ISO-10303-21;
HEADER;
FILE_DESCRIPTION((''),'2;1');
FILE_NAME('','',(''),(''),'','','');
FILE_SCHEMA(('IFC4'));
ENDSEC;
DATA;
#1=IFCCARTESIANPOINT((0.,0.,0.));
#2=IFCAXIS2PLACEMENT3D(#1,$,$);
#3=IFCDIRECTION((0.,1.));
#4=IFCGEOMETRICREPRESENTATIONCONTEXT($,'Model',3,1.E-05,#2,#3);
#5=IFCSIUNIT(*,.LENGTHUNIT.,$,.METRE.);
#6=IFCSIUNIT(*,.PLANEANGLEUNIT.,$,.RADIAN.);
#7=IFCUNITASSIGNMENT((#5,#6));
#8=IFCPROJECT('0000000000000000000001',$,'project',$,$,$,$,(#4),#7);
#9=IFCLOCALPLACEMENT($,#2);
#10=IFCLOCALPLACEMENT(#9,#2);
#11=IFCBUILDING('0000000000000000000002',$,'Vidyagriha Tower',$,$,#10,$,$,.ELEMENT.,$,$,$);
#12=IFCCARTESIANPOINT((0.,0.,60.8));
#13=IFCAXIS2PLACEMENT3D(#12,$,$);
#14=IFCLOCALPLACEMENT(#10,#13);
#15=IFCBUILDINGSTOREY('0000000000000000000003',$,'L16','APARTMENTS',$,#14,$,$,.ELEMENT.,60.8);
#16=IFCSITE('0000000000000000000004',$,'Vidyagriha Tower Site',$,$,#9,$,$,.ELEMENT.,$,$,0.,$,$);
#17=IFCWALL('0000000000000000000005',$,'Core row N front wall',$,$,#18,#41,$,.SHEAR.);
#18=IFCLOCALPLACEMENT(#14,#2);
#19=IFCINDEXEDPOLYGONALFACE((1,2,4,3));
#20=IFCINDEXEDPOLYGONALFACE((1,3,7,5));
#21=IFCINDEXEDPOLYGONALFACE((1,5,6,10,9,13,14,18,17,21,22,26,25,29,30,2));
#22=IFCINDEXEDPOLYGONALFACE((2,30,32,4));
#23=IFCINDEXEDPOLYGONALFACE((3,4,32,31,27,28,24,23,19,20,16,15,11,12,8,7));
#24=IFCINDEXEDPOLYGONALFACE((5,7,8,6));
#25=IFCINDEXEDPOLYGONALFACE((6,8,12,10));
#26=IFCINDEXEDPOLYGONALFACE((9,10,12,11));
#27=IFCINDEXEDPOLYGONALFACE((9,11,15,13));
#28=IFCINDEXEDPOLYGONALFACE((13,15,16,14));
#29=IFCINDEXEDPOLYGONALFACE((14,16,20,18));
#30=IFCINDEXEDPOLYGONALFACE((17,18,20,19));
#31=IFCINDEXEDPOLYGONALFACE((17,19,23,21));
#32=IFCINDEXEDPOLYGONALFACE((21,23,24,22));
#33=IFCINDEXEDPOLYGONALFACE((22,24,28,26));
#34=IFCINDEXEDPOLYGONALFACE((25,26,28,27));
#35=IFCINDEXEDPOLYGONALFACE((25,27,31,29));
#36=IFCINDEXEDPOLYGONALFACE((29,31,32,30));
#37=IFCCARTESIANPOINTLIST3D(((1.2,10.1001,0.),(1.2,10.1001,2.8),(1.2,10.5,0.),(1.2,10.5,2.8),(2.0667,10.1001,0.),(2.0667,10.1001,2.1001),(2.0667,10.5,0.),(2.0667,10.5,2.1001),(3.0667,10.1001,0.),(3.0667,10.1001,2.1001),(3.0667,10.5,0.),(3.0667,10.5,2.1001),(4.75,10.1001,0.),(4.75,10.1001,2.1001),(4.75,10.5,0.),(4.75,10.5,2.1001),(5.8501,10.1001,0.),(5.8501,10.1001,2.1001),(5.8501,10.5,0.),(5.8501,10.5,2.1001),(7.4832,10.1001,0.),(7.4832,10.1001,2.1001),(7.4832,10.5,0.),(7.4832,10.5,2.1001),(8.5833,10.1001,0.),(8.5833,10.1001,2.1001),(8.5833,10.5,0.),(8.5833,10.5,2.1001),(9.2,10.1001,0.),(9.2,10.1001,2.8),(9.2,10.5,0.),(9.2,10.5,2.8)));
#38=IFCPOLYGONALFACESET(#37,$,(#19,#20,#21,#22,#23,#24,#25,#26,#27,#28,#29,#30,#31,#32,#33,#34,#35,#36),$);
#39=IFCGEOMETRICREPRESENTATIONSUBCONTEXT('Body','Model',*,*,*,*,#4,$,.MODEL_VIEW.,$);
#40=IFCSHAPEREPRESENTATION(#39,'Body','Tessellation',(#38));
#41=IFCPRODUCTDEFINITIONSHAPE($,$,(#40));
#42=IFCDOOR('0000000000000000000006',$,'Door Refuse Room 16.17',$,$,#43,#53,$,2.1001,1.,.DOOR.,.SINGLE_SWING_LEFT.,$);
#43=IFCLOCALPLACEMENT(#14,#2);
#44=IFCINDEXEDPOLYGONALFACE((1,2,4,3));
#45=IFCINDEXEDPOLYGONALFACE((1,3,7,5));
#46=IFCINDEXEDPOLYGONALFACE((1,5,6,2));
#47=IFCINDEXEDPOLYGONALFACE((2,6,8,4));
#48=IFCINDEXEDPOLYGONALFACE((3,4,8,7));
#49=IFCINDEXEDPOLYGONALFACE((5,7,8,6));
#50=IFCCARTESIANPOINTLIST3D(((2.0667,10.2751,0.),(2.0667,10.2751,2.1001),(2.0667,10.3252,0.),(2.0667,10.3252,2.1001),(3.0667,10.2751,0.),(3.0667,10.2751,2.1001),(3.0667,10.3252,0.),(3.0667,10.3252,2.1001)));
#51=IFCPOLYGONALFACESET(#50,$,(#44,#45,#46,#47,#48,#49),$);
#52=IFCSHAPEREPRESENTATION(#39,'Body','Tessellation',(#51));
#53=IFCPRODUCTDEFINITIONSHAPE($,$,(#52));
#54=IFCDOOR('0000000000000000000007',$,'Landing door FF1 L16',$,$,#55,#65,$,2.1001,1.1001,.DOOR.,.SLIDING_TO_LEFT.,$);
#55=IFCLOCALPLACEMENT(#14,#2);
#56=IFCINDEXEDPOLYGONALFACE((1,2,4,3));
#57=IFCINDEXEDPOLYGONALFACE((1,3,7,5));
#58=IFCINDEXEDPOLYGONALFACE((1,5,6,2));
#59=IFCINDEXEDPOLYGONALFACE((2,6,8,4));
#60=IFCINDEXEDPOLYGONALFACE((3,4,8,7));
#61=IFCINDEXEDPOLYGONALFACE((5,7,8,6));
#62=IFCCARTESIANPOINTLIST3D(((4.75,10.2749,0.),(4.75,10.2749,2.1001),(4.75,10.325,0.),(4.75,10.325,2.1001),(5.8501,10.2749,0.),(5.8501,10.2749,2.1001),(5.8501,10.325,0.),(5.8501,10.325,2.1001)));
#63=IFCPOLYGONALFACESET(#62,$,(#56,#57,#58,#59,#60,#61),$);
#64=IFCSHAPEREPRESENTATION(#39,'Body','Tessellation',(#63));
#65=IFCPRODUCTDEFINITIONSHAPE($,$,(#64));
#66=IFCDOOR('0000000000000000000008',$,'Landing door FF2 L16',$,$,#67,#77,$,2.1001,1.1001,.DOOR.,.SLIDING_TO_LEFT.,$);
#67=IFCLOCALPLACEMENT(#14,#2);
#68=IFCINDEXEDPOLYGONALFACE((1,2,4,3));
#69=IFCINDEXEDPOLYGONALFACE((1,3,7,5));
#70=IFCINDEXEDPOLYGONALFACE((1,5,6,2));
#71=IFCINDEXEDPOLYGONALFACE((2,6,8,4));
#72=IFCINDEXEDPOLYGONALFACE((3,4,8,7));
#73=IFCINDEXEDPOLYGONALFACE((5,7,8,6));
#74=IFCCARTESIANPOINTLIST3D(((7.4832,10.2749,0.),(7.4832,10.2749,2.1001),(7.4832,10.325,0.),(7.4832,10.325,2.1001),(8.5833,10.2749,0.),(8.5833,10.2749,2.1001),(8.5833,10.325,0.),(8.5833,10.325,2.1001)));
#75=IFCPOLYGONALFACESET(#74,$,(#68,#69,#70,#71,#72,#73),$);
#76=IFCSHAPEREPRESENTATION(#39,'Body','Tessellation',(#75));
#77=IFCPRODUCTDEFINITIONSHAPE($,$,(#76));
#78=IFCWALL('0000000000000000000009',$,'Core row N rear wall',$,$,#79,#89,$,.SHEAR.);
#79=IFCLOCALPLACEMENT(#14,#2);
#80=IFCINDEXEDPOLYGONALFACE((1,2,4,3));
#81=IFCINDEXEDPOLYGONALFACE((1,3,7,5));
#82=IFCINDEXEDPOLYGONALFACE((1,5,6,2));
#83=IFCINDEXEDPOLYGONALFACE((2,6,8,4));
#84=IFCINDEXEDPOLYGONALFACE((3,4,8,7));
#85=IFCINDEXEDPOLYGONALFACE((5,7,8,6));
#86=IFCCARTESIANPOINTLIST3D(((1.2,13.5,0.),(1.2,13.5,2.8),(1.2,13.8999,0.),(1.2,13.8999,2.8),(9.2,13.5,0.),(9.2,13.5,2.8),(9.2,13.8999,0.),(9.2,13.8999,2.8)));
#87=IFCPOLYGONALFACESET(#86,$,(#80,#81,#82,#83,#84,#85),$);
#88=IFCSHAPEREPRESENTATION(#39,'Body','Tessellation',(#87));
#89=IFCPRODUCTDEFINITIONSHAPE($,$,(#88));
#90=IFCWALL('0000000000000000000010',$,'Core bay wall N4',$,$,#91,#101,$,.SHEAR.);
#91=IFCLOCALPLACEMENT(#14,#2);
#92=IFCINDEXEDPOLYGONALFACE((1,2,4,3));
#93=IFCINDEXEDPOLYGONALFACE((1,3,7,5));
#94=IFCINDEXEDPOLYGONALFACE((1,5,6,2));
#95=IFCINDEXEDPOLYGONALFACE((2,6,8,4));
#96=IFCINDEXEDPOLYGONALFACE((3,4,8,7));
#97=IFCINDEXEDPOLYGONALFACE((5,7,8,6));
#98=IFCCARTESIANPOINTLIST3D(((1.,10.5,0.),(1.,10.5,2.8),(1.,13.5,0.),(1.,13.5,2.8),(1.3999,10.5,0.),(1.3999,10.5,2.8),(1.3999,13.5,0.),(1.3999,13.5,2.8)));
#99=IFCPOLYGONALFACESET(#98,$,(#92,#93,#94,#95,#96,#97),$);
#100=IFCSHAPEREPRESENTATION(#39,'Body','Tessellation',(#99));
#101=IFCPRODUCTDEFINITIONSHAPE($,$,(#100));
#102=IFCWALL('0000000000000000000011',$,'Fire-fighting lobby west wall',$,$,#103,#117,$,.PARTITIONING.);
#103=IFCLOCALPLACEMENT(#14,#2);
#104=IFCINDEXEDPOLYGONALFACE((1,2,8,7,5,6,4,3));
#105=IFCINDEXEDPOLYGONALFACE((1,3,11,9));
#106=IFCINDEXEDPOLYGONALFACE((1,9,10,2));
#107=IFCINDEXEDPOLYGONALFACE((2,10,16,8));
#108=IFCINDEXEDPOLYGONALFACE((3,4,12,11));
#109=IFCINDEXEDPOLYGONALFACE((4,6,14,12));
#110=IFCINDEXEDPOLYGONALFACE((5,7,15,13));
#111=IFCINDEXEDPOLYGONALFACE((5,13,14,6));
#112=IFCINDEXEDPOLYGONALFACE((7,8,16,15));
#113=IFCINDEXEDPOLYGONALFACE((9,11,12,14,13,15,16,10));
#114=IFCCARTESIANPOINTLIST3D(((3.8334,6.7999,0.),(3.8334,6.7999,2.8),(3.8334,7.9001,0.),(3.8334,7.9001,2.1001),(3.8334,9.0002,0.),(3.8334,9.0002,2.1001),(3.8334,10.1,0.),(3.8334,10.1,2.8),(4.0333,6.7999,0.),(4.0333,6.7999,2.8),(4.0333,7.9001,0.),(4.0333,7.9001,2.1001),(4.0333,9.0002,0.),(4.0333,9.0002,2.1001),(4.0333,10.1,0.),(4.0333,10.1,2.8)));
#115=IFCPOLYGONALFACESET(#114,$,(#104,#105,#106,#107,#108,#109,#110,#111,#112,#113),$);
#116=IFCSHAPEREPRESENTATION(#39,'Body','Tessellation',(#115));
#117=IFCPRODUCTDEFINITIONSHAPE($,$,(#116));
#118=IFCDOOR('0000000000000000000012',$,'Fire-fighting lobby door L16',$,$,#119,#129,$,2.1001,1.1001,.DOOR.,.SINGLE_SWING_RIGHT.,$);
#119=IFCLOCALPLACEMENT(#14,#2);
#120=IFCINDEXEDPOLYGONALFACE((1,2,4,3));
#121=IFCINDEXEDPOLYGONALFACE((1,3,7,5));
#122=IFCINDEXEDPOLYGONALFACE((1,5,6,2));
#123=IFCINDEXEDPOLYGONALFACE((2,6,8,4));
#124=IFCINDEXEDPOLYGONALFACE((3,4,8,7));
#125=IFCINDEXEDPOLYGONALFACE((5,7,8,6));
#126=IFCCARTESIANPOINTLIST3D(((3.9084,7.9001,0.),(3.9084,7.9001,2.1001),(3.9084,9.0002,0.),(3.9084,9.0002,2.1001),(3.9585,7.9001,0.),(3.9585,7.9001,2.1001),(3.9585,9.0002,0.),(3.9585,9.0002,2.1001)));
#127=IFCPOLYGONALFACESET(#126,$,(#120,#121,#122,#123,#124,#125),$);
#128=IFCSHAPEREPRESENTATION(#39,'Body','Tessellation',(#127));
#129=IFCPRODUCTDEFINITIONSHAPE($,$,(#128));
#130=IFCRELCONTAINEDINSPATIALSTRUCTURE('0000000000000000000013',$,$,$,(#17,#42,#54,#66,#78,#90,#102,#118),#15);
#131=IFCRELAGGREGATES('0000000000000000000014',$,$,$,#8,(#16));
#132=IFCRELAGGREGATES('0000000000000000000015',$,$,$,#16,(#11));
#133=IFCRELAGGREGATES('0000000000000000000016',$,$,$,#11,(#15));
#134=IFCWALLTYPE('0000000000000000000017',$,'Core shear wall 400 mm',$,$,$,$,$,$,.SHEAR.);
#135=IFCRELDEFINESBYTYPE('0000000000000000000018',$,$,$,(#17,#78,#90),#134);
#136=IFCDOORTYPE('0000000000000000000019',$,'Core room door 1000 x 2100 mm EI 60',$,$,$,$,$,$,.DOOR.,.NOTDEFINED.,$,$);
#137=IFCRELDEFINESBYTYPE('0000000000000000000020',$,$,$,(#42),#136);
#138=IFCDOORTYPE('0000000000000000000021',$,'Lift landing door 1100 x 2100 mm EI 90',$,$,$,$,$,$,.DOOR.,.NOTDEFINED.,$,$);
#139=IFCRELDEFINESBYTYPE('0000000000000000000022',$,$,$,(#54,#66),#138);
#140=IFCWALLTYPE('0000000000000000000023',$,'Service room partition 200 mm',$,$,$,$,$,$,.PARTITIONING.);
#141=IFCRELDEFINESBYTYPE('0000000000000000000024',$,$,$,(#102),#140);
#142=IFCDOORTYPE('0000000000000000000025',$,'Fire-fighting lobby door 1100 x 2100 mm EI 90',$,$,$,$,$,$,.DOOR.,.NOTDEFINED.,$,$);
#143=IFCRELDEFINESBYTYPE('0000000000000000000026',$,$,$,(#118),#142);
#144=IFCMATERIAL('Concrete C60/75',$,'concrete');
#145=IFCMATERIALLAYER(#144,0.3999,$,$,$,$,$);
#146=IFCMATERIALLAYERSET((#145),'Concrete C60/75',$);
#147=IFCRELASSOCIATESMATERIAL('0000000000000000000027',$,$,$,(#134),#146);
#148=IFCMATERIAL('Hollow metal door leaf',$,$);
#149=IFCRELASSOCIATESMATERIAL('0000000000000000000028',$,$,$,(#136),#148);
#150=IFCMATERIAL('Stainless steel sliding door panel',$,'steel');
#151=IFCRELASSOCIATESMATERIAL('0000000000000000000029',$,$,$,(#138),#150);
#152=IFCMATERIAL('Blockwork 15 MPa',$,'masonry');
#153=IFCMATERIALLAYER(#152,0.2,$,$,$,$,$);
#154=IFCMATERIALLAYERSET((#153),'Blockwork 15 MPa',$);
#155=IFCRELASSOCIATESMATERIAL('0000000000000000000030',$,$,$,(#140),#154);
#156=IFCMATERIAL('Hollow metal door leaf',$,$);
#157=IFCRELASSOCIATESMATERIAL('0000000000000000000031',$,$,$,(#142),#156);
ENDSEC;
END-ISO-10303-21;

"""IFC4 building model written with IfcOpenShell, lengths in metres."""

from ifc_helpers import new_model, si_unit, direction, frame, frame_2d, origin, place, context, subcontext, project, spatial, rectangle, extrude, material, layer, layer_set, type_object, element, fill, save


model = new_model("IFC4")

# Units and contexts
model_context = context("Model", 3, precision=1e-05, world=origin(), true_north=direction((0.0, 1.0)))
body_context = subcontext(model_context, "Body", "Model", "MODEL_VIEW")
ifc_project = project(units=[si_unit("LENGTHUNIT", "METRE"), si_unit("PLANEANGLEUNIT", "RADIAN")], contexts=[model_context])

# Site, building, storey
site_placement = place(None, origin())
site = spatial("IfcSite", under=ifc_project, at=site_placement, Name="Vidyagriha Tower Site", CompositionType="ELEMENT", RefElevation=0.0)
building_placement = place(site_placement, origin())
building = spatial("IfcBuilding", under=site, at=building_placement, Name="Vidyagriha Tower", CompositionType="ELEMENT")
storey_placement = place(building_placement, frame((0.0, 0.0, 60.8)))
storey = spatial("IfcBuildingStorey", under=building, at=storey_placement, Name="L16", Description="APARTMENTS", CompositionType="ELEMENT", Elevation=60.8)

# Shared definitions
ifc_material_1 = material(Name="Concrete C60/75", Category="concrete")
ifc_layer_1 = layer(ifc_material_1, 0.3999)
ifc_layer_set_1 = layer_set([ifc_layer_1], Name="Concrete C60/75")
wall_type_1 = type_object("IfcWallType", Name="Core shear wall 400 mm", PredefinedType="SHEAR", material=ifc_layer_set_1)

# Wall, openings, doors
wall_1_placement = place(storey_placement, frame((1.2, 10.3, 0.0)))
wall_1 = element("IfcWall", 1, at=wall_1_placement, inside=storey, type_object=wall_type_1, Name="Core row N front wall", PredefinedType="SHEAR", context=body_context, shape_type="SweptSolid", body=[
    extrude(rectangle(XDim=8.0, YDim=0.3999, at=frame_2d((4.0, 0.0))), origin(), (0.0, 0.0, 1.0), 2.8),
])
opening_1_placement = place(wall_1_placement, frame((3.55, 0.0, 0.0)))
opening_1 = element("IfcOpeningElement", 2, at=opening_1_placement, cuts=wall_1, PredefinedType="OPENING", context=body_context, shape_type="SweptSolid", body=[
    extrude(rectangle(XDim=1.1001, YDim=2.1001, at=frame_2d((0.55, 1.05))), frame((0.0, 0.21, 0.0), z_axis=(0.0, -1.0, 0.0), x_axis=(1.0, 0.0, 0.0)), (0.0, 0.0, 1.0), 0.4199),
])
opening_2_placement = place(wall_1_placement, frame((6.2832, 0.0, 0.0)))
opening_2 = element("IfcOpeningElement", 3, at=opening_2_placement, cuts=wall_1, PredefinedType="OPENING", context=body_context, shape_type="SweptSolid", body=[
    extrude(rectangle(XDim=1.1001, YDim=2.1001, at=frame_2d((0.55, 1.05))), frame((0.0, 0.21, 0.0), z_axis=(0.0, -1.0, 0.0), x_axis=(1.0, 0.0, 0.0)), (0.0, 0.0, 1.0), 0.4199),
])
opening_3_placement = place(wall_1_placement, frame((0.8667, 0.0, 0.0)))
opening_3 = element("IfcOpeningElement", 4, at=opening_3_placement, cuts=wall_1, PredefinedType="OPENING", context=body_context, shape_type="SweptSolid", body=[
    extrude(rectangle(XDim=1.0, YDim=2.1001, at=frame_2d((0.5, 1.05))), frame((0.0, 0.21, 0.0), z_axis=(0.0, -1.0, 0.0), x_axis=(1.0, 0.0, 0.0)), (0.0, 0.0, 1.0), 0.4199),
])
ifc_material_2 = material(Name="Hollow metal door leaf")
door_type_1 = type_object("IfcDoorType", Name="Core room door 1000 x 2100 mm EI 60", OperationType="NOTDEFINED", PredefinedType="DOOR", material=ifc_material_2)
door_1_placement = place(opening_3_placement, frame((1.0, 0.0, 0.0), z_axis=(0.0, 0.0, 1.0), x_axis=(-1.0, 0.0, 0.0)))
door_1 = element("IfcDoor", 5, at=door_1_placement, inside=storey, type_object=door_type_1, Name="Door Refuse Room 16.17", OperationType="SINGLE_SWING_LEFT", OverallHeight=2.1001, OverallWidth=1.0, PredefinedType="DOOR", context=body_context, shape_type="SweptSolid", body=[
    extrude(rectangle(XDim=1.0, YDim=2.1001, at=frame_2d((0.5, 1.05))), frame((0.0, 0.0249, 0.0), z_axis=(0.0, -1.0, 0.0), x_axis=(1.0, 0.0, 0.0)), (0.0, 0.0, 1.0), 0.05),
])
fill(opening_3, door_1)
ifc_material_3 = material(Name="Stainless steel sliding door panel", Category="steel")
door_type_2 = type_object("IfcDoorType", Name="Lift landing door 1100 x 2100 mm EI 90", OperationType="NOTDEFINED", PredefinedType="DOOR", material=ifc_material_3)
door_2_placement = place(opening_1_placement, origin())
door_2 = element("IfcDoor", 6, at=door_2_placement, inside=storey, type_object=door_type_2, Name="Landing door FF1 L16", OperationType="SLIDING_TO_LEFT", OverallHeight=2.1001, OverallWidth=1.1001, PredefinedType="DOOR", context=body_context, shape_type="SweptSolid", body=[
    extrude(rectangle(XDim=1.1001, YDim=2.1001, at=frame_2d((0.55, 1.05))), frame((0.0, 0.0249, 0.0), z_axis=(0.0, -1.0, 0.0), x_axis=(1.0, 0.0, 0.0)), (0.0, 0.0, 1.0), 0.05),
])
fill(opening_1, door_2)
door_3_placement = place(opening_2_placement, origin())
door_3 = element("IfcDoor", 7, at=door_3_placement, inside=storey, type_object=door_type_2, Name="Landing door FF2 L16", OperationType="SLIDING_TO_LEFT", OverallHeight=2.1001, OverallWidth=1.1001, PredefinedType="DOOR", context=body_context, shape_type="SweptSolid", body=[
    extrude(rectangle(XDim=1.1001, YDim=2.1001, at=frame_2d((0.55, 1.05))), frame((0.0, 0.0249, 0.0), z_axis=(0.0, -1.0, 0.0), x_axis=(1.0, 0.0, 0.0)), (0.0, 0.0, 1.0), 0.05),
])
fill(opening_2, door_3)

# Walls
wall_2_placement = place(storey_placement, frame((1.2, 13.7, 0.0)))
element("IfcWall", 8, at=wall_2_placement, inside=storey, type_object=wall_type_1, Name="Core row N rear wall", PredefinedType="SHEAR", context=body_context, shape_type="SweptSolid", body=[
    extrude(rectangle(XDim=8.0, YDim=0.3999, at=frame_2d((4.0, 0.0))), origin(), (0.0, 0.0, 1.0), 2.8),
])
wall_3_placement = place(storey_placement, frame((1.2, 10.5, 0.0), z_axis=(0.0, 0.0, 1.0), x_axis=(0.0, 1.0, 0.0)))
element("IfcWall", 9, at=wall_3_placement, inside=storey, type_object=wall_type_1, Name="Core bay wall N4", PredefinedType="SHEAR", context=body_context, shape_type="SweptSolid", body=[
    extrude(rectangle(XDim=3.0, YDim=0.3999, at=frame_2d((1.5, 0.0))), origin(), (0.0, 0.0, 1.0), 2.8),
])

# Wall, opening, door
ifc_material_4 = material(Name="Blockwork 15 MPa", Category="masonry")
ifc_layer_2 = layer(ifc_material_4, 0.2)
ifc_layer_set_2 = layer_set([ifc_layer_2], Name="Blockwork 15 MPa")
wall_type_2 = type_object("IfcWallType", Name="Service room partition 200 mm", PredefinedType="PARTITIONING", material=ifc_layer_set_2)
wall_4_placement = place(storey_placement, frame((3.9333, 6.8, 0.0), z_axis=(0.0, 0.0, 1.0), x_axis=(0.0, 1.0, 0.0)))
wall_4 = element("IfcWall", 10, at=wall_4_placement, inside=storey, type_object=wall_type_2, Name="Fire-fighting lobby west wall", PredefinedType="PARTITIONING", context=body_context, shape_type="SweptSolid", body=[
    extrude(rectangle(XDim=3.3, YDim=0.2, at=frame_2d((1.6499, 0.0))), origin(), (0.0, 0.0, 1.0), 2.8),
])
opening_4_placement = place(wall_4_placement, frame((1.1001, 0.0, 0.0)))
opening_4 = element("IfcOpeningElement", 11, at=opening_4_placement, cuts=wall_4, PredefinedType="OPENING", context=body_context, shape_type="SweptSolid", body=[
    extrude(rectangle(XDim=1.1001, YDim=2.1001, at=frame_2d((0.55, 1.05))), frame((0.0, 0.1099, 0.0), z_axis=(0.0, -1.0, 0.0), x_axis=(1.0, 0.0, 0.0)), (0.0, 0.0, 1.0), 0.22),
])
ifc_material_5 = material(Name="Hollow metal door leaf")
door_type_3 = type_object("IfcDoorType", Name="Fire-fighting lobby door 1100 x 2100 mm EI 90", OperationType="NOTDEFINED", PredefinedType="DOOR", material=ifc_material_5)
door_4_placement = place(opening_4_placement, origin())
door_4 = element("IfcDoor", 12, at=door_4_placement, inside=storey, type_object=door_type_3, Name="Fire-fighting lobby door L16", OperationType="SINGLE_SWING_RIGHT", OverallHeight=2.1001, OverallWidth=1.1001, PredefinedType="DOOR", context=body_context, shape_type="SweptSolid", body=[
    extrude(rectangle(XDim=1.1001, YDim=2.1001, at=frame_2d((0.55, 1.05))), frame((0.0, 0.0249, 0.0), z_axis=(0.0, -1.0, 0.0), x_axis=(1.0, 0.0, 0.0)), (0.0, 0.0, 1.0), 0.05),
])
fill(opening_4, door_4)

save(model, "model.ifc")
